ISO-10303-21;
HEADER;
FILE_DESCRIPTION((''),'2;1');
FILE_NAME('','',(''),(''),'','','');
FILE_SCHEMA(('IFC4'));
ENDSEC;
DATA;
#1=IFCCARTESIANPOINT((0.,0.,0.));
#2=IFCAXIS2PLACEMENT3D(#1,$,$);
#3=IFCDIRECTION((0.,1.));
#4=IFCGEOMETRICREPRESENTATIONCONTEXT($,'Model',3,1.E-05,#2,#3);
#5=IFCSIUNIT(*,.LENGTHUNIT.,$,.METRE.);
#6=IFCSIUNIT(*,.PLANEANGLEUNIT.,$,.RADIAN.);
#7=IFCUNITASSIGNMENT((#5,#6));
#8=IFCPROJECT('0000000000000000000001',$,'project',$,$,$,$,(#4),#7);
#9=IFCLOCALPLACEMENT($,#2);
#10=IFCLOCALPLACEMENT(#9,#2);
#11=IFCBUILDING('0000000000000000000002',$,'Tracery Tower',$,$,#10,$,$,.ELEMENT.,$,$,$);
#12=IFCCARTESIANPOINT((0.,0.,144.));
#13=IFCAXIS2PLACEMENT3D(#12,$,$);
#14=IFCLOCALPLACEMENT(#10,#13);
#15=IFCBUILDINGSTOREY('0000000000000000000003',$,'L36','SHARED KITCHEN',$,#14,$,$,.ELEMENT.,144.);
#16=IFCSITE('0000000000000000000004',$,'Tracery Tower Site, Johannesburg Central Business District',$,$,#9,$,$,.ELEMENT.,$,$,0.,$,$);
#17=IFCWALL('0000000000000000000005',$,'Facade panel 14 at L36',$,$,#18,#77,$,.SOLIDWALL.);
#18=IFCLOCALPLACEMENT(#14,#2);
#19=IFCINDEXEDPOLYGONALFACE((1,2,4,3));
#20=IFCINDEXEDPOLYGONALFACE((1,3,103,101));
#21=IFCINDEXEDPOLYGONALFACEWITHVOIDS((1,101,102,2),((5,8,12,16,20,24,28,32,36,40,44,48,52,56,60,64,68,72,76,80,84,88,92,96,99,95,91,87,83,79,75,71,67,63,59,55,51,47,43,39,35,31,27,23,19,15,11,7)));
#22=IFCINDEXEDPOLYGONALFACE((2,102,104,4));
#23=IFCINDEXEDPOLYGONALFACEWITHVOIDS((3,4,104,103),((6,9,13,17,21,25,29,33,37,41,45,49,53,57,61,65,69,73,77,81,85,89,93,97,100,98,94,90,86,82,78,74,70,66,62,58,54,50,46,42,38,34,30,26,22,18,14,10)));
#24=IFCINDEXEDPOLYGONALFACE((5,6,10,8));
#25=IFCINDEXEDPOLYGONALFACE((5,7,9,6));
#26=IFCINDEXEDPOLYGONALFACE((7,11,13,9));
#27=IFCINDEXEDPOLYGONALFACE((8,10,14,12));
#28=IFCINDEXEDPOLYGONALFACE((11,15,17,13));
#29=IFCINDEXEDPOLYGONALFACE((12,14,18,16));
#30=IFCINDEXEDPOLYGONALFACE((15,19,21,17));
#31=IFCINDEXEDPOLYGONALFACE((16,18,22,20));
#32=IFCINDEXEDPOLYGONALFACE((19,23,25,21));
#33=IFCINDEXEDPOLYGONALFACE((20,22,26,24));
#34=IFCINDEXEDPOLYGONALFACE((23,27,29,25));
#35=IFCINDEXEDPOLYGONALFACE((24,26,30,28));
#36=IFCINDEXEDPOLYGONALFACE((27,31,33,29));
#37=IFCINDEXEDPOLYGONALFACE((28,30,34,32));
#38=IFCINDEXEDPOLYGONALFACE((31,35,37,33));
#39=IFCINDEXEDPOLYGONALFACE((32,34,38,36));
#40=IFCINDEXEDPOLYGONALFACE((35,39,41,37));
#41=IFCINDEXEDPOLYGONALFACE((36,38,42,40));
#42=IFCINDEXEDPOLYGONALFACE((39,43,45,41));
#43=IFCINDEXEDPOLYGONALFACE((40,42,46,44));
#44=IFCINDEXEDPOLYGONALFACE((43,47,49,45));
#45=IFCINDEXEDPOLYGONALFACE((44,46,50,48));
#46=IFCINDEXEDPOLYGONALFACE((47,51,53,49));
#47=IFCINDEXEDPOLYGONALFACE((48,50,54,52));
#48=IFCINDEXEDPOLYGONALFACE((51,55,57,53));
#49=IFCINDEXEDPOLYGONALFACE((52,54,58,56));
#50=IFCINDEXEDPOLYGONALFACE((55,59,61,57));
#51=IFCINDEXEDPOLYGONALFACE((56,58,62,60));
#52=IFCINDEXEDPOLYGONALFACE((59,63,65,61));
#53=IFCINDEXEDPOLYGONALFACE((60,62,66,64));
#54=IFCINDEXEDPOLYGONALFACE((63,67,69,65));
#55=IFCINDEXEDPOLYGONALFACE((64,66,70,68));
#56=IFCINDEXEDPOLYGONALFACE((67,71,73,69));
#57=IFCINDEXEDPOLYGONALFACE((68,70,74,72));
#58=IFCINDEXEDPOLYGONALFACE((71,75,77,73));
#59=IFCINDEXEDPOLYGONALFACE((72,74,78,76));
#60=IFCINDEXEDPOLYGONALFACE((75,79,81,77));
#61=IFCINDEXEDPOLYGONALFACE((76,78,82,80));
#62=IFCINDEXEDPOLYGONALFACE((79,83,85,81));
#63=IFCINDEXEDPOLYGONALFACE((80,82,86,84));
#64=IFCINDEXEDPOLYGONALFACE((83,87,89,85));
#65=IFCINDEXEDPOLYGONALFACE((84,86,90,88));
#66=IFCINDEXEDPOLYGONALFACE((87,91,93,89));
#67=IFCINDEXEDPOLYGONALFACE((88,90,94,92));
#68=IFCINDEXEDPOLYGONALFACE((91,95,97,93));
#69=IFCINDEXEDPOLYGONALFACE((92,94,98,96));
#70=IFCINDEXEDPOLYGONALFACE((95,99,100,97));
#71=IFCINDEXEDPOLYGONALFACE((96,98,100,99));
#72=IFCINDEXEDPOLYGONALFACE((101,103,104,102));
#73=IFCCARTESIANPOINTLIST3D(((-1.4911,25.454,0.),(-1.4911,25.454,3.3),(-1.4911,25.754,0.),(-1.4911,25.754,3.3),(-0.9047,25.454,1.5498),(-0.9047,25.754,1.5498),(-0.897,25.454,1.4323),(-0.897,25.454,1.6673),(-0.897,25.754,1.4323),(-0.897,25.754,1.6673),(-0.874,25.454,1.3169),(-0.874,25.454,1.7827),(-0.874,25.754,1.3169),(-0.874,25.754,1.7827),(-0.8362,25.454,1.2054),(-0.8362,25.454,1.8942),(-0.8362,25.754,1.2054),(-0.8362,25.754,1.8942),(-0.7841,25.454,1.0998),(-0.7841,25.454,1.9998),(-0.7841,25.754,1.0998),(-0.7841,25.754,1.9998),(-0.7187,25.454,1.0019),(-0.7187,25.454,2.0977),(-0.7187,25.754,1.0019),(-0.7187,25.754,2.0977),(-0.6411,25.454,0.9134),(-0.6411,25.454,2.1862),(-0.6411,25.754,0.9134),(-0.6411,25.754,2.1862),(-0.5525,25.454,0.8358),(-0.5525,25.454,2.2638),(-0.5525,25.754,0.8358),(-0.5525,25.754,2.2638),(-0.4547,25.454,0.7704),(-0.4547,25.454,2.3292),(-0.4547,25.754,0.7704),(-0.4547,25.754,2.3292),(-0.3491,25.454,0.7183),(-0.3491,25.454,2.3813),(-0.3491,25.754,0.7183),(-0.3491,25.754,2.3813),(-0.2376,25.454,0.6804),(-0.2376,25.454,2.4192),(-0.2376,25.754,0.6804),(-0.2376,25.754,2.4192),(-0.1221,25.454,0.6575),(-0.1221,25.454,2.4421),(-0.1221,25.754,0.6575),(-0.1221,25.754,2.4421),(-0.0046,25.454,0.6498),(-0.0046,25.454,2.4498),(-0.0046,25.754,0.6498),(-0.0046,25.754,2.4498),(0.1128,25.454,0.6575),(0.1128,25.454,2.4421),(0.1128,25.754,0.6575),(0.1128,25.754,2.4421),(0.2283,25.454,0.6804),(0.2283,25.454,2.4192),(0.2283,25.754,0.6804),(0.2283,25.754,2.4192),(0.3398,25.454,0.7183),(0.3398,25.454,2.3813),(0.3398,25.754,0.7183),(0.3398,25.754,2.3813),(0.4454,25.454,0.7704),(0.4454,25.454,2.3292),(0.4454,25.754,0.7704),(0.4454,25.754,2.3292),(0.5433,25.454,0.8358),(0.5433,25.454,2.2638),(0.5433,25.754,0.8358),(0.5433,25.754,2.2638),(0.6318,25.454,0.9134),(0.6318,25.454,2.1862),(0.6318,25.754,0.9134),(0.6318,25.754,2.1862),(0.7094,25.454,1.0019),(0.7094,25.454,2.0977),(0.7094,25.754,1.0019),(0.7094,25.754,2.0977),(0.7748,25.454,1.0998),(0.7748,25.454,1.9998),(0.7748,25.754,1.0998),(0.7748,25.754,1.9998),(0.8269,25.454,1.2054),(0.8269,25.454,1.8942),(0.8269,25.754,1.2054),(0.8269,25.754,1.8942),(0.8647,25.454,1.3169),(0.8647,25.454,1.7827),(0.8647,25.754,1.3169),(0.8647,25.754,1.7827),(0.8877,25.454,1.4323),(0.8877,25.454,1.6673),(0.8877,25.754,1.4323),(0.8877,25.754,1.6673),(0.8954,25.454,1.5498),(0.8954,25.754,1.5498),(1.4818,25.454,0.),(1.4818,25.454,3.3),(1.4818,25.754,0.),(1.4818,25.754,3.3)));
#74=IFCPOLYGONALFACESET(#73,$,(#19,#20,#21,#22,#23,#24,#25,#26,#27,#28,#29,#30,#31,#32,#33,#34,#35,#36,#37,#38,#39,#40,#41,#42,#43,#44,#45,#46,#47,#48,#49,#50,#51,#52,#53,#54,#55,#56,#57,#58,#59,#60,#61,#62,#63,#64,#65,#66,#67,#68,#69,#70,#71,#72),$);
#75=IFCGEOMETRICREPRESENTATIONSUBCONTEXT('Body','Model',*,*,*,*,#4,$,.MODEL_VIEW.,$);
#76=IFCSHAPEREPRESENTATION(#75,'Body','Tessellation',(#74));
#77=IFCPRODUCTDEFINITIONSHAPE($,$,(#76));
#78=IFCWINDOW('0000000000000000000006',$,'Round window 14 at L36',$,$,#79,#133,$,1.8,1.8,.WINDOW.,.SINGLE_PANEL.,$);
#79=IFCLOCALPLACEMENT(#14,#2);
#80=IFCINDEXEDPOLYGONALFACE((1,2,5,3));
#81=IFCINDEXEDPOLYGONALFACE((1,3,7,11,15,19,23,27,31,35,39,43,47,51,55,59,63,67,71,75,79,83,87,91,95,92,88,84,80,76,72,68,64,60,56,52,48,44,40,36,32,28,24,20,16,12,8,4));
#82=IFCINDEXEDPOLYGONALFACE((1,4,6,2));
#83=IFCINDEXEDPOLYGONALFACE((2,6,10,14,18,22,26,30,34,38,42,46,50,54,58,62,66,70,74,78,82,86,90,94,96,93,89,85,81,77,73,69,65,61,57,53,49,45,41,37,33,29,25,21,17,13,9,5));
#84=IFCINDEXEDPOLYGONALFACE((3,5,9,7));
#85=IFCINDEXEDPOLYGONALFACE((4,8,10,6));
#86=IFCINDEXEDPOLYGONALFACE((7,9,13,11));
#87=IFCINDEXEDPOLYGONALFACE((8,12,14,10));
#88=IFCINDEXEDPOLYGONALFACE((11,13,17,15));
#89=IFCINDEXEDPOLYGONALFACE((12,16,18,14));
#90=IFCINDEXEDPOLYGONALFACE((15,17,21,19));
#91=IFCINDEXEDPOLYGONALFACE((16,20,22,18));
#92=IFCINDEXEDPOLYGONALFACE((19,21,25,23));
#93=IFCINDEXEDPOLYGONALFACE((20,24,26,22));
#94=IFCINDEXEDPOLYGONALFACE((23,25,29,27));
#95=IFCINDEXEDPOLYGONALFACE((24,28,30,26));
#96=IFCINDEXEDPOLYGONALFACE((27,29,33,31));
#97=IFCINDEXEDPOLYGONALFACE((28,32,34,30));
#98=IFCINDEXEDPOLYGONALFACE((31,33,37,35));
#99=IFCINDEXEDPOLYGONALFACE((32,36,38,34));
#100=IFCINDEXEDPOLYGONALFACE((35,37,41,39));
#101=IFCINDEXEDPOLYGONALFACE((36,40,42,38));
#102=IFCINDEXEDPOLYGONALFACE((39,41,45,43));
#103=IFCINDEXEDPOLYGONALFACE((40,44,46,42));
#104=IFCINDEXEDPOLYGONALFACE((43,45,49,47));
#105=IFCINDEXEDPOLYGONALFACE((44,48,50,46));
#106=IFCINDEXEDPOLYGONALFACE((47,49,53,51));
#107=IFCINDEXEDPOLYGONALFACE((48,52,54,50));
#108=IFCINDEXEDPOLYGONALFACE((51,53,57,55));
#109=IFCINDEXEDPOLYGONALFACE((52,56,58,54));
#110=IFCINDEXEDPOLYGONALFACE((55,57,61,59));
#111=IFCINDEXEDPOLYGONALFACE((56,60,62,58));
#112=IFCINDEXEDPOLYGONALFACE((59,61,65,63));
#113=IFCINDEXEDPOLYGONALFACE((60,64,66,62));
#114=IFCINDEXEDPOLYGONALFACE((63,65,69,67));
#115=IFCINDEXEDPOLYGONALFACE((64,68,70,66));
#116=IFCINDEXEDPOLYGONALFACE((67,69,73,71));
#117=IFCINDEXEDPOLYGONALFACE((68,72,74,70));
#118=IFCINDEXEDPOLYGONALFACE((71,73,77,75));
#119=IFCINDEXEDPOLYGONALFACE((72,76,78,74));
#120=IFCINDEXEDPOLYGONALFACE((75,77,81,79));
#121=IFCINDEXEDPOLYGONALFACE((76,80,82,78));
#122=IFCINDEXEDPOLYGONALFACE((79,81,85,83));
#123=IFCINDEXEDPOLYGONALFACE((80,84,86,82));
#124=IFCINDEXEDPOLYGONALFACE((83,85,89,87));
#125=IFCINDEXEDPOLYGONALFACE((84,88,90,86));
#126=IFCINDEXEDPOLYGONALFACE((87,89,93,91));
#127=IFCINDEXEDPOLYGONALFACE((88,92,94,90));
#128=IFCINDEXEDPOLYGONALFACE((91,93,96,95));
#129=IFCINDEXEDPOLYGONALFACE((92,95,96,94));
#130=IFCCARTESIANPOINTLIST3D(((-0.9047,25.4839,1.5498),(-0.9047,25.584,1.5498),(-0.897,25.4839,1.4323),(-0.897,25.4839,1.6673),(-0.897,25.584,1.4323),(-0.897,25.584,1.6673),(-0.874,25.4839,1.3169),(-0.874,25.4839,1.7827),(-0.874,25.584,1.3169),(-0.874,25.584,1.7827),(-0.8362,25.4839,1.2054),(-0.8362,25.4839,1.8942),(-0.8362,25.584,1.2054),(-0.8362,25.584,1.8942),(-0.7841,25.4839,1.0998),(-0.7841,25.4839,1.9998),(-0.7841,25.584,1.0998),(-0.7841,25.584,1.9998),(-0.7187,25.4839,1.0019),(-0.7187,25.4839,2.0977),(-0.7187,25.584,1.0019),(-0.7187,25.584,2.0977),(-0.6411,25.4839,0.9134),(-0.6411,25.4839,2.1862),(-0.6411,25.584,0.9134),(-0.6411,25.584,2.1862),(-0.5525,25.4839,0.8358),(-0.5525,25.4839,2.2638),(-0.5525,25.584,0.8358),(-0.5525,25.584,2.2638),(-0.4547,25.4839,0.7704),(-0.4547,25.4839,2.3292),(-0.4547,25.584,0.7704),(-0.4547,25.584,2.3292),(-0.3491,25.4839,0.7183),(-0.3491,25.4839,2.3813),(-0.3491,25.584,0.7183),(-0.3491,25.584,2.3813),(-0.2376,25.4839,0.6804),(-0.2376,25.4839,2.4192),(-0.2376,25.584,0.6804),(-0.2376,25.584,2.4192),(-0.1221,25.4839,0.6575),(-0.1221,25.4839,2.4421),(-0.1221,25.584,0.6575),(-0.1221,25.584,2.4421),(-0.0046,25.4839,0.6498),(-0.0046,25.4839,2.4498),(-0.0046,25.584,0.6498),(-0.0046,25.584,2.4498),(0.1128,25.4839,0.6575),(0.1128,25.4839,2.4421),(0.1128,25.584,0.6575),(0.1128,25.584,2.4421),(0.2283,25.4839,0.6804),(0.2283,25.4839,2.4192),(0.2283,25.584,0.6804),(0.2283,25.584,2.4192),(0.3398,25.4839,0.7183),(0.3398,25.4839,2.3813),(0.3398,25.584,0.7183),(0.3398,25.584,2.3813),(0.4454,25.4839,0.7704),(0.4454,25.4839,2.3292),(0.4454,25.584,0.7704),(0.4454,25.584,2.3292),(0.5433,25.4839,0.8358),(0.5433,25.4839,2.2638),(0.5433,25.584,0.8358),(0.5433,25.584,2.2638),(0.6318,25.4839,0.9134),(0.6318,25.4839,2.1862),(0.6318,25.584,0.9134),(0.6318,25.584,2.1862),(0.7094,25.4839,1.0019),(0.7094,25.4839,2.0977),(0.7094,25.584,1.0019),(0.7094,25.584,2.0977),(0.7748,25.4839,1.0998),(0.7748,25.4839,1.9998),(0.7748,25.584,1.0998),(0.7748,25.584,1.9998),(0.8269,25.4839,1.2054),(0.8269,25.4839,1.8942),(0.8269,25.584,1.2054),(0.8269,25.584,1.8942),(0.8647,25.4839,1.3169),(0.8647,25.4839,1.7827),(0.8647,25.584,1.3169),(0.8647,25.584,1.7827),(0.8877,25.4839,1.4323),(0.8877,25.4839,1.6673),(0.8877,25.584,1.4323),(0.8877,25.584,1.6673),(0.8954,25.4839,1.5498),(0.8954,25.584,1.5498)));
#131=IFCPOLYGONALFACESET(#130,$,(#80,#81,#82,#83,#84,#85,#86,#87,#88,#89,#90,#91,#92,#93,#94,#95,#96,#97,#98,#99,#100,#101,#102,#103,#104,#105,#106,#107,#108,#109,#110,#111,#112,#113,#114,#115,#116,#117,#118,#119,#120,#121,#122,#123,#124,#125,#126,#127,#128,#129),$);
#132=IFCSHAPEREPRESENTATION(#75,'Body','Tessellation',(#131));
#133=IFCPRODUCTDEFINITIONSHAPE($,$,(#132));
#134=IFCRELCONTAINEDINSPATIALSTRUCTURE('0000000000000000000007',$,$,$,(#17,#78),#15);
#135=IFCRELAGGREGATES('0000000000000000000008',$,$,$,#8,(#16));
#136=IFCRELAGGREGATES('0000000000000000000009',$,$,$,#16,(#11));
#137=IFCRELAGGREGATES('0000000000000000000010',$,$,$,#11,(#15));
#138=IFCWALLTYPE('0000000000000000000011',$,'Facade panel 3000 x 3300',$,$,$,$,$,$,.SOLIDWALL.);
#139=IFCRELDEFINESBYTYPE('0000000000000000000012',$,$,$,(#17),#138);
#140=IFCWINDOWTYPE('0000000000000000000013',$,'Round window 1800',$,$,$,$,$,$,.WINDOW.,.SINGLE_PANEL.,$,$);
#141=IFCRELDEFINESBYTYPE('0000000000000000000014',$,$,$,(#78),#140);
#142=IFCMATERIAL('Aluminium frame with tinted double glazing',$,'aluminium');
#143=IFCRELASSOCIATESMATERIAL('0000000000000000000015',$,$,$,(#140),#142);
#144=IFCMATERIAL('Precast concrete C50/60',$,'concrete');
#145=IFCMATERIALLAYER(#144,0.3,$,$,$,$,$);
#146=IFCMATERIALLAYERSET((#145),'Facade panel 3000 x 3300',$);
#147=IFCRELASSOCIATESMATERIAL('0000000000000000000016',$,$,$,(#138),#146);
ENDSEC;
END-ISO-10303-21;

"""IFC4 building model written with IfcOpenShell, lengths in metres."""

from ifc_helpers import new_model, si_unit, direction, frame, frame_2d, origin, origin_2d, place, context, subcontext, project, spatial, rectangle, circle, extrude, material, layer, layer_set, type_object, element, fill, save


model = new_model("IFC4")

# Units and contexts
model_context = context("Model", 3, precision=1e-05, world=origin(), true_north=direction((0.0, 1.0)))
body_context = subcontext(model_context, "Body", "Model", "MODEL_VIEW")
ifc_project = project(units=[si_unit("LENGTHUNIT", "METRE"), si_unit("PLANEANGLEUNIT", "RADIAN")], contexts=[model_context])

# Site, building, storey
site_placement = place(None, origin())
site = spatial("IfcSite", under=ifc_project, at=site_placement, Name="Tracery Tower Site, Johannesburg Central Business District", CompositionType="ELEMENT", RefElevation=0.0)
building_placement = place(site_placement, origin())
building = spatial("IfcBuilding", under=site, at=building_placement, Name="Tracery Tower", CompositionType="ELEMENT")
storey_placement = place(building_placement, frame((0.0, 0.0, 144.0)))
storey = spatial("IfcBuildingStorey", under=building, at=storey_placement, Name="L36", Description="SHARED KITCHEN", CompositionType="ELEMENT", Elevation=144.0)

# Wall, opening, window
ifc_material_1 = material(Name="Aluminium frame with tinted double glazing", Category="aluminium")
window_type = type_object("IfcWindowType", Name="Round window 1800", PartitioningType="SINGLE_PANEL", PredefinedType="WINDOW", material=ifc_material_1)
ifc_material_2 = material(Name="Precast concrete C50/60", Category="concrete")
ifc_layer_1 = layer(ifc_material_2, 0.3)
ifc_layer_set_1 = layer_set([ifc_layer_1], Name="Facade panel 3000 x 3300")
wall_type_1 = type_object("IfcWallType", Name="Facade panel 3000 x 3300", PredefinedType="SOLIDWALL", material=ifc_layer_set_1)
wall_1_placement = place(storey_placement, frame((1.4817, 25.604, 0.0), z_axis=(0.0, 0.0, 1.0), x_axis=(-1.0, 0.0, 0.0)))
wall_1 = element("IfcWall", 1, at=wall_1_placement, inside=storey, type_object=wall_type_1, Name="Facade panel 14 at L36", PredefinedType="SOLIDWALL", context=body_context, shape_type="SweptSolid", body=[
    extrude(rectangle(XDim=2.9729, YDim=0.3, at=frame_2d((1.4863, 0.0))), origin(), (0.0, 0.0, 1.0), 3.3),
])
opening_1_placement = place(wall_1_placement, frame((1.4863, 0.0, 1.5498)))
opening_1 = element("IfcOpeningElement", 2, at=opening_1_placement, cuts=wall_1, PredefinedType="OPENING", context=body_context, shape_type="SweptSolid", body=[
    extrude(circle(Radius=0.9, at=origin_2d()), frame((0.0, 0.1599, 0.0), z_axis=(0.0, -1.0, 0.0), x_axis=(1.0, 0.0, 0.0)), (0.0, 0.0, 1.0), 0.3201),
])
window_1_placement = place(opening_1_placement, origin())
window_1 = element("IfcWindow", 3, at=window_1_placement, inside=storey, type_object=window_type, Name="Round window 14 at L36", OverallHeight=1.8, OverallWidth=1.8, PartitioningType="SINGLE_PANEL", PredefinedType="WINDOW", context=body_context, shape_type="SweptSolid", body=[
    extrude(circle(Radius=0.9, at=origin_2d()), frame((0.0, 0.1201, 0.0), z_axis=(0.0, -1.0, 0.0), x_axis=(1.0, 0.0, 0.0)), (0.0, 0.0, 1.0), 0.1001),
])
fill(opening_1, window_1)

save(model, "model.ifc")
